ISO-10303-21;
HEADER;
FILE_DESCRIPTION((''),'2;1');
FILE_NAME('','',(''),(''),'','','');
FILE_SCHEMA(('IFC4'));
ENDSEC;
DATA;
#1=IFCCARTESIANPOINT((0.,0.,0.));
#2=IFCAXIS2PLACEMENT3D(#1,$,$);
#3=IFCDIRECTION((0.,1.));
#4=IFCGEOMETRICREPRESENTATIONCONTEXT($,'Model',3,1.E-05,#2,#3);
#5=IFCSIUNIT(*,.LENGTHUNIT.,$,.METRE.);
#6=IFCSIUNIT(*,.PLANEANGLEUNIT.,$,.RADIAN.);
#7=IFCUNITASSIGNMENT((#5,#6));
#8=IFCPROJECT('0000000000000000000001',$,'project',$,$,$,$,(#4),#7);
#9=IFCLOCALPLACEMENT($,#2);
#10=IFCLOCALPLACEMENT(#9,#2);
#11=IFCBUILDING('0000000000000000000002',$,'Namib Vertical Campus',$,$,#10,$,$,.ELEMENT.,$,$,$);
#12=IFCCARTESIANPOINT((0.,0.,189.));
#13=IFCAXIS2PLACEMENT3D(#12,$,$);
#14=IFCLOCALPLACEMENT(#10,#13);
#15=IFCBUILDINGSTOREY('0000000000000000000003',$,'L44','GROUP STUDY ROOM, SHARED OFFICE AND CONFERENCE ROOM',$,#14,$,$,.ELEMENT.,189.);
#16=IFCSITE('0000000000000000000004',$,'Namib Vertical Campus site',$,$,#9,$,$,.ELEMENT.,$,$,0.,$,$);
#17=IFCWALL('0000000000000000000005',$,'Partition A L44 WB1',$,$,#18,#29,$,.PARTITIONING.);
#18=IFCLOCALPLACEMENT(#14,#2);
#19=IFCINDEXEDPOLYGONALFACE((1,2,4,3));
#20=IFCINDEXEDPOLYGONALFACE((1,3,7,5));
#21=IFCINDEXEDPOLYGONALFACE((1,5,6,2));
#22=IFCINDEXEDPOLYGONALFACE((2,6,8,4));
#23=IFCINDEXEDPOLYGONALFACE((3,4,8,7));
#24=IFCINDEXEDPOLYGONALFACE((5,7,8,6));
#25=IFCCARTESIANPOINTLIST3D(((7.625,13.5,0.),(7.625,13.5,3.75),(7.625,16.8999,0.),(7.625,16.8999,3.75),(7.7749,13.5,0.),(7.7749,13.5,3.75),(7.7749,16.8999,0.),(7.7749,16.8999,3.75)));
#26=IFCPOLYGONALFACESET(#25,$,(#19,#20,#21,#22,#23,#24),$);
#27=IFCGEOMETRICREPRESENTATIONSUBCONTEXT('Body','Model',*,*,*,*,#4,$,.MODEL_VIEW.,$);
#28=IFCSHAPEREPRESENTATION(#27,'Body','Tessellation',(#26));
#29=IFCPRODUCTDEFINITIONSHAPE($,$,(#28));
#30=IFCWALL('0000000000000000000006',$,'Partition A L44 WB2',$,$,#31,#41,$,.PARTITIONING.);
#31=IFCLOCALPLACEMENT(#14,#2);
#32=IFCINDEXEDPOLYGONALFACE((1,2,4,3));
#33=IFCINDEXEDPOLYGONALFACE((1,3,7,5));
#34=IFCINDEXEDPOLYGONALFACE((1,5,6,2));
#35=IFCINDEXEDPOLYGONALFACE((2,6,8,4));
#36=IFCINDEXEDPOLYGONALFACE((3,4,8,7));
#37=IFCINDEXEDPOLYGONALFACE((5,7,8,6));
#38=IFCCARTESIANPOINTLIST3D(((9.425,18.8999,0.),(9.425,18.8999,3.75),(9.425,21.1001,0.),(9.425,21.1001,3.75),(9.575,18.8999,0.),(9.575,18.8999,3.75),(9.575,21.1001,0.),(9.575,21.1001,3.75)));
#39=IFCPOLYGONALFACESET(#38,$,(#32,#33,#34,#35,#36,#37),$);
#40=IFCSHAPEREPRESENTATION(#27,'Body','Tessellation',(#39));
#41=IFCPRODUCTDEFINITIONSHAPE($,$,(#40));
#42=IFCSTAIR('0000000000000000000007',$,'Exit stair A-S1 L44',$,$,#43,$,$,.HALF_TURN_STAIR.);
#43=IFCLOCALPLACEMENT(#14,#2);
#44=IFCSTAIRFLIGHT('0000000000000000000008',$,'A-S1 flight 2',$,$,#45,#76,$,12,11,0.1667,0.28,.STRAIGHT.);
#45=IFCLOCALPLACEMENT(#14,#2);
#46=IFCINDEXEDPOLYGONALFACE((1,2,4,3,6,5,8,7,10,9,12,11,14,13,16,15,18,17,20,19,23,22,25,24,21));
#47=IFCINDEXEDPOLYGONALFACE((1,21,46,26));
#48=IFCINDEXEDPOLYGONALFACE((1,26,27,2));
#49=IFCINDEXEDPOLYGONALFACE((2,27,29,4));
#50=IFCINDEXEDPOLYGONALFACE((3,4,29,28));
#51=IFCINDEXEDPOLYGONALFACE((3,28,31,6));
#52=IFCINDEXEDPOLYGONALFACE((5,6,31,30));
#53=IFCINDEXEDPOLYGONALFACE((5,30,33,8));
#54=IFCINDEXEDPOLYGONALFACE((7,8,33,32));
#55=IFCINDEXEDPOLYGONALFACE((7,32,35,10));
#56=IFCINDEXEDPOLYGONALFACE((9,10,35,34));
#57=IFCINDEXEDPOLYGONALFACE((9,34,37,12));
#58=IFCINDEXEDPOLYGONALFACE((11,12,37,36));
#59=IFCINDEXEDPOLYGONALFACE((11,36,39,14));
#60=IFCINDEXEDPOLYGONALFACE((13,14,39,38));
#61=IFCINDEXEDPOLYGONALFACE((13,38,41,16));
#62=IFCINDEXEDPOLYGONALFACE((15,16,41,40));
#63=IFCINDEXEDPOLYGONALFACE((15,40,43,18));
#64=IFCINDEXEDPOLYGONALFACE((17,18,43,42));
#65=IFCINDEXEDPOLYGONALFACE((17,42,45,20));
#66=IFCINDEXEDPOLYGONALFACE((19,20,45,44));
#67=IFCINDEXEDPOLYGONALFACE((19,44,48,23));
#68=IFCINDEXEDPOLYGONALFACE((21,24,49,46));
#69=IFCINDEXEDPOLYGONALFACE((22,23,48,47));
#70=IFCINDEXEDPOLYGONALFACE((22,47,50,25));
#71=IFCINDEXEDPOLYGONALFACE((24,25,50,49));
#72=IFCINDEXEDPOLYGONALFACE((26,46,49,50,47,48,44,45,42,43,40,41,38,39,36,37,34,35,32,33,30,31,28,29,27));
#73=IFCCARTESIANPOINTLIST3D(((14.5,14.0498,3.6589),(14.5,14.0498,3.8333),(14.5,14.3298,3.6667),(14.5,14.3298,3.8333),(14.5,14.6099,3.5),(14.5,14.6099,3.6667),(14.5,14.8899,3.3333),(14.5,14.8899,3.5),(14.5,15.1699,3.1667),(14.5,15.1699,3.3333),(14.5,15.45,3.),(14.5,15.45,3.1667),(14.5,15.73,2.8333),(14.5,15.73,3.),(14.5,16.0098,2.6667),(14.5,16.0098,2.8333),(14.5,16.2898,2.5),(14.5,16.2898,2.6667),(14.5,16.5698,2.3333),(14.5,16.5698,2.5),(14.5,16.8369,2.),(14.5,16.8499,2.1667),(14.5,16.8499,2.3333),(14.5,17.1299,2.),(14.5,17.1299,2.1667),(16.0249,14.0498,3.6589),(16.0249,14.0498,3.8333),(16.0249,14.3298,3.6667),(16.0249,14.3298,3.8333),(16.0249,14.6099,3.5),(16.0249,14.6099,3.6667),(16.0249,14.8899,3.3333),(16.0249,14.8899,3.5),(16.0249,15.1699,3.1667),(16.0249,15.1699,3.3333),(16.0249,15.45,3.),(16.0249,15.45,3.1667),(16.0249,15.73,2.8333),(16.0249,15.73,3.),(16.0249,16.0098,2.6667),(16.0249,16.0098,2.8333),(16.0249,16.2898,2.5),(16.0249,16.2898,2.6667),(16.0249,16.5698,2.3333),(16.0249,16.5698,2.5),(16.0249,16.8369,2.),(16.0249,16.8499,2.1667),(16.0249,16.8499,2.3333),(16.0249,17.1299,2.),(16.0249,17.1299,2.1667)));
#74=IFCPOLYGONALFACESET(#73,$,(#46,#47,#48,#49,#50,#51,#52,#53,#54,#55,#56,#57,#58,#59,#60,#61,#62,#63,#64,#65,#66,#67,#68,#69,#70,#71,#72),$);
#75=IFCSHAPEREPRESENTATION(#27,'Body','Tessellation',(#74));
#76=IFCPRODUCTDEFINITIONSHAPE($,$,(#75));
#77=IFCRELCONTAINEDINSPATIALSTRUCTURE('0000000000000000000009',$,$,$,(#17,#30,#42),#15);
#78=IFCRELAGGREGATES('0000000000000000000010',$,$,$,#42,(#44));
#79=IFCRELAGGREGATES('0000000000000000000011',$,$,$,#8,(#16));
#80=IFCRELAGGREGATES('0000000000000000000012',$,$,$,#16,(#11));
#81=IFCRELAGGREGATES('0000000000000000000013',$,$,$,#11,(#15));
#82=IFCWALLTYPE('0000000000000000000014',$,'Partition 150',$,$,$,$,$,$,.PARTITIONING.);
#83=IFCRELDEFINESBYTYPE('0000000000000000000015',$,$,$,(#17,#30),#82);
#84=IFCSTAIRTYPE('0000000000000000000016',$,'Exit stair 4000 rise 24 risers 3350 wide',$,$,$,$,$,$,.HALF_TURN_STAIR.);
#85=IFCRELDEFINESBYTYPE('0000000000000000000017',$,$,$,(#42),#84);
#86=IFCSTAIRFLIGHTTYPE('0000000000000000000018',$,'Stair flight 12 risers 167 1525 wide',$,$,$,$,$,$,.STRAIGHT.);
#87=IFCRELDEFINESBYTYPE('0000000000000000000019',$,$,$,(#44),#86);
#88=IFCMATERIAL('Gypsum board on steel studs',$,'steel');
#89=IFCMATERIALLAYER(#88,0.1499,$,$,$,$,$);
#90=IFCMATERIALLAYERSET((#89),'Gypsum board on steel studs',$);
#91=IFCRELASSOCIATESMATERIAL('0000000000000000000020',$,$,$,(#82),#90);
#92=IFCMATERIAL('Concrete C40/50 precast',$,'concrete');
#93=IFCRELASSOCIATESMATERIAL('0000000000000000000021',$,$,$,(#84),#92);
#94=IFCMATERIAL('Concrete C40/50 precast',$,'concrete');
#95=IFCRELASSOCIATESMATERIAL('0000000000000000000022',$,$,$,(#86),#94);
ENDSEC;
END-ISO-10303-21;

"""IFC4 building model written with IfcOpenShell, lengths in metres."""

from ifc_helpers import new_model, si_unit, direction, frame, frame_2d, origin, place, context, subcontext, project, spatial, polyline, rectangle, outline, extrude, material, layer, layer_set, type_object, element, aggregate, save


model = new_model("IFC4")

# Units and contexts
model_context = context("Model", 3, precision=1e-05, world=origin(), true_north=direction((0.0, 1.0)))
body_context = subcontext(model_context, "Body", "Model", "MODEL_VIEW")
ifc_project = project(units=[si_unit("LENGTHUNIT", "METRE"), si_unit("PLANEANGLEUNIT", "RADIAN")], contexts=[model_context])

# Site, building, storey
site_placement = place(None, origin())
site = spatial("IfcSite", under=ifc_project, at=site_placement, Name="Namib Vertical Campus site", CompositionType="ELEMENT", RefElevation=0.0)
building_placement = place(site_placement, origin())
building = spatial("IfcBuilding", under=site, at=building_placement, Name="Namib Vertical Campus", CompositionType="ELEMENT")
storey_placement = place(building_placement, frame((0.0, 0.0, 189.0)))
storey = spatial("IfcBuildingStorey", under=building, at=storey_placement, Name="L44", Description="GROUP STUDY ROOM, SHARED OFFICE AND CONFERENCE ROOM", CompositionType="ELEMENT", Elevation=189.0)

# Walls
ifc_material_1 = material(Name="Gypsum board on steel studs", Category="steel")
ifc_layer_1 = layer(ifc_material_1, 0.1499)
ifc_layer_set_1 = layer_set([ifc_layer_1], Name="Gypsum board on steel studs")
wall_type_1 = type_object("IfcWallType", Name="Partition 150", PredefinedType="PARTITIONING", material=ifc_layer_set_1)
wall_1_placement = place(storey_placement, frame((7.7, 13.5, 0.0), z_axis=(0.0, 0.0, 1.0), x_axis=(0.0, 1.0, 0.0)))
element("IfcWall", 1, at=wall_1_placement, inside=storey, type_object=wall_type_1, Name="Partition A L44 WB1", PredefinedType="PARTITIONING", context=body_context, shape_type="SweptSolid", body=[
    extrude(rectangle(XDim=3.3999, YDim=0.1499, at=frame_2d((1.7, 0.0))), origin(), (0.0, 0.0, 1.0), 3.75),
])
wall_2_placement = place(storey_placement, frame((9.5, 18.8999, 0.0), z_axis=(0.0, 0.0, 1.0), x_axis=(0.0, 1.0, 0.0)))
element("IfcWall", 2, at=wall_2_placement, inside=storey, type_object=wall_type_1, Name="Partition A L44 WB2", PredefinedType="PARTITIONING", context=body_context, shape_type="SweptSolid", body=[
    extrude(rectangle(XDim=2.2002, YDim=0.1499, at=frame_2d((1.1001, 0.0))), origin(), (0.0, 0.0, 1.0), 3.75),
])

# Stair, stair flight
ifc_material_2 = material(Name="Concrete C40/50 precast", Category="concrete")
stair_type = type_object("IfcStairType", Name="Exit stair 4000 rise 24 risers 3350 wide", PredefinedType="HALF_TURN_STAIR", material=ifc_material_2)
stair_placement = place(storey_placement, origin())
stair = element("IfcStair", 3, at=stair_placement, inside=storey, type_object=stair_type, Name="Exit stair A-S1 L44", PredefinedType="HALF_TURN_STAIR")
ifc_material_3 = material(Name="Concrete C40/50 precast", Category="concrete")
stair_flight_type = type_object("IfcStairFlightType", Name="Stair flight 12 risers 167 1525 wide", PredefinedType="STRAIGHT", material=ifc_material_3)
stair_flight_placement = place(storey_placement, frame((15.2625, 17.1299, 2.0), z_axis=(0.0, 0.0, 1.0), x_axis=(0.0, -1.0, 0.0)))
stair_flight = element("IfcStairFlight", 4, at=stair_flight_placement, type_object=stair_flight_type, Name="A-S1 flight 2", NumberOfRisers=12, NumberOfTreads=11, PredefinedType="STRAIGHT", RiserHeight=0.1667, TreadLength=0.28, context=body_context, shape_type="SweptSolid", body=[
    extrude(outline(polyline([(0.0, 0.0), (0.0, 0.1667), (0.28, 0.1667), (0.28, 0.3333), (0.5601, 0.3333), (0.5601, 0.5), (0.8401, 0.5), (0.8401, 0.6667), (1.1201, 0.6667), (1.1201, 0.8333), (1.3999, 0.8333), (1.3999, 1.0), (1.6799, 1.0), (1.6799, 1.1667), (1.96, 1.1667), (1.96, 1.3333), (2.24, 1.3333), (2.24, 1.5), (2.52, 1.5), (2.52, 1.6667), (2.8, 1.6667), (2.8, 1.8333), (3.0801, 1.8333), (3.0801, 2.0), (3.0801, 1.6589), (0.293, 0.0), (0.0, 0.0)])), frame((0.0, 0.7625, 0.0), z_axis=(0.0, -1.0, 0.0), x_axis=(1.0, 0.0, 0.0)), (0.0, 0.0, 1.0), 1.5249),
])
aggregate(stair, [stair_flight])

save(model, "model.ifc")
